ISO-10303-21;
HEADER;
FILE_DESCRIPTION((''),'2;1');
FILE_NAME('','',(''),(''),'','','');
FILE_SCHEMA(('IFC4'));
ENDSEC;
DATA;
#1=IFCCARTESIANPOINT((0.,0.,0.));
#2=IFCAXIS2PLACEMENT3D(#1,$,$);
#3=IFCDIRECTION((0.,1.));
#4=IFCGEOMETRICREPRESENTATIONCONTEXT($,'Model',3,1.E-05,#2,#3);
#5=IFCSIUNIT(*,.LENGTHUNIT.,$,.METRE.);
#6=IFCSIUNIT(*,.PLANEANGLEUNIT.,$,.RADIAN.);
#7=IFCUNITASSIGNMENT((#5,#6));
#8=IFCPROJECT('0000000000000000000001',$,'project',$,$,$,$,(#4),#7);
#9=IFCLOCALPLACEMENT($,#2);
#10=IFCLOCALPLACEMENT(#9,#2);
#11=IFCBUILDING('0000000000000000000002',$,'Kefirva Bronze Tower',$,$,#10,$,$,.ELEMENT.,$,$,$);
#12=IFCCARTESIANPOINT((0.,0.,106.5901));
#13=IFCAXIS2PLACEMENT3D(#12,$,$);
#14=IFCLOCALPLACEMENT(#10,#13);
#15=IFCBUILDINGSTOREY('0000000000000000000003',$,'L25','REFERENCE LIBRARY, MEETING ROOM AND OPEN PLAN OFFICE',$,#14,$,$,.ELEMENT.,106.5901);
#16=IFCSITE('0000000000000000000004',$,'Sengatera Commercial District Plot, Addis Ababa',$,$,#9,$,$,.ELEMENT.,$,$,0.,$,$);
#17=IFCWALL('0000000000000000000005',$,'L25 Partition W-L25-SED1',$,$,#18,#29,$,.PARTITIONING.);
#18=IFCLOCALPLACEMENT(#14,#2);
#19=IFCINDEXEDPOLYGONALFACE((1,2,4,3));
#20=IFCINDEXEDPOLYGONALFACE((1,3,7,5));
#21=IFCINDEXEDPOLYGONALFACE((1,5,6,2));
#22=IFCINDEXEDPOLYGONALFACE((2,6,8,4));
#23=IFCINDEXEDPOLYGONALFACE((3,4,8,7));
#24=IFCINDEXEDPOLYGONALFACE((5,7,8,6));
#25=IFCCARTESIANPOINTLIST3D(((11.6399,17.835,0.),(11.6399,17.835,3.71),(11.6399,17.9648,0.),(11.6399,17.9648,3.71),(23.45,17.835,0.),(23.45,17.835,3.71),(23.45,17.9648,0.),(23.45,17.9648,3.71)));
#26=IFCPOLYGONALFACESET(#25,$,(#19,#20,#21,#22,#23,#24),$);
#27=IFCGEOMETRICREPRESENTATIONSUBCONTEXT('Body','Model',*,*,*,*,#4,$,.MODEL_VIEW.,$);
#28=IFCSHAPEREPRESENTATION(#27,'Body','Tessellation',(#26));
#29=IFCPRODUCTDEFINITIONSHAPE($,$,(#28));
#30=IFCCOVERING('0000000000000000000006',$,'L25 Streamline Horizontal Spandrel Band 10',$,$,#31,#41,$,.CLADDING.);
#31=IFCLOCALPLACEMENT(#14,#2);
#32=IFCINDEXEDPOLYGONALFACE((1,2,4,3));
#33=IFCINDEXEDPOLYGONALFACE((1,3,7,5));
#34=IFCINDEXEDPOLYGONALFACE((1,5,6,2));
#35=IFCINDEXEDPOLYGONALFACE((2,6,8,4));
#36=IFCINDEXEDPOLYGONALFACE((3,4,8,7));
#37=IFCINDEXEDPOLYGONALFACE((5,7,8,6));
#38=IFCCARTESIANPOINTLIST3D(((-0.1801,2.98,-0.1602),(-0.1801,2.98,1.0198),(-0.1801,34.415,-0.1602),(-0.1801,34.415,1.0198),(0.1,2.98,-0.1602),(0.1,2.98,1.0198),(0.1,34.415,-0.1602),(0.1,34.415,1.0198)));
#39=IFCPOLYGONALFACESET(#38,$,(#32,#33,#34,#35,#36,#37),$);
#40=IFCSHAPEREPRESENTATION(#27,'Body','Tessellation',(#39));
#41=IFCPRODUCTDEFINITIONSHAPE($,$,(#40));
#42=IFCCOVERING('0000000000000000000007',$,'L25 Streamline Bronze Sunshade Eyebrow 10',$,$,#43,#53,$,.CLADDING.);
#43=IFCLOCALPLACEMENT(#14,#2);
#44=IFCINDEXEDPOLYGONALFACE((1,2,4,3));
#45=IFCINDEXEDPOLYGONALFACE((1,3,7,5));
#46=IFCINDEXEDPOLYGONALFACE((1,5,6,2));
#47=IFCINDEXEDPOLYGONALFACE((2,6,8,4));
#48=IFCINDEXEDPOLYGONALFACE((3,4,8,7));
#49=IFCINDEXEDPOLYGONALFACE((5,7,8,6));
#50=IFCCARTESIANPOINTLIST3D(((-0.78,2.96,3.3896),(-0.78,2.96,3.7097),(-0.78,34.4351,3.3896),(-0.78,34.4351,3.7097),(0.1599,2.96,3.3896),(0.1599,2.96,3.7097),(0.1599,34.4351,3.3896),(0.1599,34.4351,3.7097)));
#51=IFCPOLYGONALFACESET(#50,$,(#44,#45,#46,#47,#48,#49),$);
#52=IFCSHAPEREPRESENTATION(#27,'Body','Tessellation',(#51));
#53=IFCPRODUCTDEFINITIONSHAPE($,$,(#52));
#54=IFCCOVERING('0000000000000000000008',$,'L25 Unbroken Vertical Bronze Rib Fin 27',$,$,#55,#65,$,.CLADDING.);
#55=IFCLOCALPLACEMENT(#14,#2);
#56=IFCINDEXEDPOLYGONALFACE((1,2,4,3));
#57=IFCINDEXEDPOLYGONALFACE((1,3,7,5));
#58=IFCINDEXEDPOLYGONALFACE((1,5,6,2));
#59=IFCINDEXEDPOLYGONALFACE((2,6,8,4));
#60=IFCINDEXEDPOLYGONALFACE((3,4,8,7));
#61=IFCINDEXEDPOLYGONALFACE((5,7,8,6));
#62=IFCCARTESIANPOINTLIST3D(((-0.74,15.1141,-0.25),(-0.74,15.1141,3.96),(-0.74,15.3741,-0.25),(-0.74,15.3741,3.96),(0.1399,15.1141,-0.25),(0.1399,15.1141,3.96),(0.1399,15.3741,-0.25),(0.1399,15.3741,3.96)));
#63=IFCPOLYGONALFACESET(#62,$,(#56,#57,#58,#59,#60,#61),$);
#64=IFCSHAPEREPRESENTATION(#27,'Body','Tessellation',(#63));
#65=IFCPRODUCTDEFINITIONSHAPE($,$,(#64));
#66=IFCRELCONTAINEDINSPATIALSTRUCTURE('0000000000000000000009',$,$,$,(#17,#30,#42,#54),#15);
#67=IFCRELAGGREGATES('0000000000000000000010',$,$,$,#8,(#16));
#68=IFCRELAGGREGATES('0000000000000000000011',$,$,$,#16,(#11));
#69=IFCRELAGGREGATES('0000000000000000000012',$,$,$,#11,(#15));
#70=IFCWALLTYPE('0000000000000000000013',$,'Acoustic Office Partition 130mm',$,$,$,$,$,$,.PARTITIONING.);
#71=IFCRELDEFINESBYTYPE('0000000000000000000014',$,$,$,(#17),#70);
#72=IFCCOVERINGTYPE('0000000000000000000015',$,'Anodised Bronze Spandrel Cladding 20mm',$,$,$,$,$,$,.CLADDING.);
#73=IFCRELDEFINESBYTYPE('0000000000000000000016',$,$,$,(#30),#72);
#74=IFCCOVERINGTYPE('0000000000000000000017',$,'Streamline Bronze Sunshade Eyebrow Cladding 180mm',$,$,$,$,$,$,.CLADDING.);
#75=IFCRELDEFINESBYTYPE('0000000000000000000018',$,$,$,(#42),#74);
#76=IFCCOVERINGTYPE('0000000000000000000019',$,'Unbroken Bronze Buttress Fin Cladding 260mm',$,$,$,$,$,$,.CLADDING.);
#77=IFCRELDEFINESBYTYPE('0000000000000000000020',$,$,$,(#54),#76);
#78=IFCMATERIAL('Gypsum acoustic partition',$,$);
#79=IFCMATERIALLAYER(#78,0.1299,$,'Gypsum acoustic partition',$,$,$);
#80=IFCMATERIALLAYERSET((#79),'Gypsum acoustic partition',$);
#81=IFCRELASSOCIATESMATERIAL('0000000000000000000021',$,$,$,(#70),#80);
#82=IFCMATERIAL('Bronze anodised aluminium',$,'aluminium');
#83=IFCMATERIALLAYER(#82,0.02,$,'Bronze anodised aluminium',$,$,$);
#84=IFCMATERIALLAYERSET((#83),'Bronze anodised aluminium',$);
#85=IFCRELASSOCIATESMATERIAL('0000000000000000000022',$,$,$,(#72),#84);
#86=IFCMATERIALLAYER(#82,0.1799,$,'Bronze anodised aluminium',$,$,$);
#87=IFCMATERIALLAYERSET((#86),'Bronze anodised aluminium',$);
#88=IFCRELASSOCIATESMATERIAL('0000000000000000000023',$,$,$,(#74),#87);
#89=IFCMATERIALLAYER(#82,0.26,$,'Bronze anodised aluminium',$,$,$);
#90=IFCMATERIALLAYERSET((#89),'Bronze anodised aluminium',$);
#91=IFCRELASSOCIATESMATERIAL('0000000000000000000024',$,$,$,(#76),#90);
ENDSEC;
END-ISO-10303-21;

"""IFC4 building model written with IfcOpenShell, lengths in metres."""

from ifc_helpers import new_model, si_unit, direction, frame, frame_2d, origin, origin_2d, place, context, subcontext, project, spatial, rectangle, extrude, material, layer, layer_set, type_object, element, save


model = new_model("IFC4")

# Units and contexts
model_context = context("Model", 3, precision=1e-05, world=origin(), true_north=direction((0.0, 1.0)))
body_context = subcontext(model_context, "Body", "Model", "MODEL_VIEW")
ifc_project = project(units=[si_unit("LENGTHUNIT", "METRE"), si_unit("PLANEANGLEUNIT", "RADIAN")], contexts=[model_context])

# Site, building, storey
site_placement = place(None, origin())
site = spatial("IfcSite", under=ifc_project, at=site_placement, Name="Sengatera Commercial District Plot, Addis Ababa", CompositionType="ELEMENT", RefElevation=0.0)
building_placement = place(site_placement, origin())
building = spatial("IfcBuilding", under=site, at=building_placement, Name="Kefirva Bronze Tower", CompositionType="ELEMENT")
storey_placement = place(building_placement, frame((0.0, 0.0, 106.5901)))
storey = spatial("IfcBuildingStorey", under=building, at=storey_placement, Name="L25", Description="REFERENCE LIBRARY, MEETING ROOM AND OPEN PLAN OFFICE", CompositionType="ELEMENT", Elevation=106.5901)

# Shared definitions
ifc_material_1 = material(Name="Bronze anodised aluminium", Category="aluminium")

# Wall
ifc_material_2 = material(Name="Gypsum acoustic partition")
ifc_layer_1 = layer(ifc_material_2, 0.1299, Name="Gypsum acoustic partition")
ifc_layer_set_1 = layer_set([ifc_layer_1], Name="Gypsum acoustic partition")
wall_type = type_object("IfcWallType", Name="Acoustic Office Partition 130mm", PredefinedType="PARTITIONING", material=ifc_layer_set_1)
wall_1_placement = place(storey_placement, frame((11.6399, 17.8999, 0.0), z_axis=(0.0, 0.0, 1.0), x_axis=(1.0, 0.0, 0.0)))
element("IfcWall", 1, at=wall_1_placement, inside=storey, type_object=wall_type, Name="L25 Partition W-L25-SED1", PredefinedType="PARTITIONING", context=body_context, shape_type="SweptSolid", body=[
    extrude(rectangle(XDim=11.8101, YDim=0.1299, at=frame_2d((5.905, 0.0))), origin(), (0.0, 0.0, 1.0), 3.71),
])

# Coverings
ifc_layer_2 = layer(ifc_material_1, 0.02, Name="Bronze anodised aluminium")
ifc_layer_set_2 = layer_set([ifc_layer_2], Name="Bronze anodised aluminium")
covering_type_1 = type_object("IfcCoveringType", Name="Anodised Bronze Spandrel Cladding 20mm", PredefinedType="CLADDING", material=ifc_layer_set_2)
covering_1_placement = place(storey_placement, frame((-0.04, 18.6975, -0.1602), z_axis=(0.0, 0.0, 1.0), x_axis=(0.0, -1.0, 0.0)))
element("IfcCovering", 2, at=covering_1_placement, inside=storey, type_object=covering_type_1, Name="L25 Streamline Horizontal Spandrel Band 10", PredefinedType="CLADDING", context=body_context, shape_type="SweptSolid", body=[
    extrude(rectangle(XDim=31.4351, YDim=0.28, at=origin_2d()), origin(), (0.0, 0.0, 1.0), 1.1799),
])
ifc_layer_3 = layer(ifc_material_1, 0.1799, Name="Bronze anodised aluminium")
ifc_layer_set_3 = layer_set([ifc_layer_3], Name="Bronze anodised aluminium")
covering_type_2 = type_object("IfcCoveringType", Name="Streamline Bronze Sunshade Eyebrow Cladding 180mm", PredefinedType="CLADDING", material=ifc_layer_set_3)
covering_2_placement = place(storey_placement, frame((-0.3101, 18.6975, 3.3896), z_axis=(0.0, 0.0, 1.0), x_axis=(0.0, -1.0, 0.0)))
element("IfcCovering", 3, at=covering_2_placement, inside=storey, type_object=covering_type_2, Name="L25 Streamline Bronze Sunshade Eyebrow 10", PredefinedType="CLADDING", context=body_context, shape_type="SweptSolid", body=[
    extrude(rectangle(XDim=31.4751, YDim=0.9399, at=origin_2d()), origin(), (0.0, 0.0, 1.0), 0.3201),
])
ifc_layer_4 = layer(ifc_material_1, 0.26, Name="Bronze anodised aluminium")
ifc_layer_set_4 = layer_set([ifc_layer_4], Name="Bronze anodised aluminium")
covering_type_3 = type_object("IfcCoveringType", Name="Unbroken Bronze Buttress Fin Cladding 260mm", PredefinedType="CLADDING", material=ifc_layer_set_4)
covering_3_placement = place(storey_placement, frame((-0.3, 15.2441, -0.25), z_axis=(0.0, 0.0, 1.0), x_axis=(0.0, -1.0, 0.0)))
element("IfcCovering", 4, at=covering_3_placement, inside=storey, type_object=covering_type_3, Name="L25 Unbroken Vertical Bronze Rib Fin 27", PredefinedType="CLADDING", context=body_context, shape_type="SweptSolid", body=[
    extrude(rectangle(XDim=0.26, YDim=0.8799, at=origin_2d()), origin(), (0.0, 0.0, 1.0), 4.21),
])

save(model, "model.ifc")
